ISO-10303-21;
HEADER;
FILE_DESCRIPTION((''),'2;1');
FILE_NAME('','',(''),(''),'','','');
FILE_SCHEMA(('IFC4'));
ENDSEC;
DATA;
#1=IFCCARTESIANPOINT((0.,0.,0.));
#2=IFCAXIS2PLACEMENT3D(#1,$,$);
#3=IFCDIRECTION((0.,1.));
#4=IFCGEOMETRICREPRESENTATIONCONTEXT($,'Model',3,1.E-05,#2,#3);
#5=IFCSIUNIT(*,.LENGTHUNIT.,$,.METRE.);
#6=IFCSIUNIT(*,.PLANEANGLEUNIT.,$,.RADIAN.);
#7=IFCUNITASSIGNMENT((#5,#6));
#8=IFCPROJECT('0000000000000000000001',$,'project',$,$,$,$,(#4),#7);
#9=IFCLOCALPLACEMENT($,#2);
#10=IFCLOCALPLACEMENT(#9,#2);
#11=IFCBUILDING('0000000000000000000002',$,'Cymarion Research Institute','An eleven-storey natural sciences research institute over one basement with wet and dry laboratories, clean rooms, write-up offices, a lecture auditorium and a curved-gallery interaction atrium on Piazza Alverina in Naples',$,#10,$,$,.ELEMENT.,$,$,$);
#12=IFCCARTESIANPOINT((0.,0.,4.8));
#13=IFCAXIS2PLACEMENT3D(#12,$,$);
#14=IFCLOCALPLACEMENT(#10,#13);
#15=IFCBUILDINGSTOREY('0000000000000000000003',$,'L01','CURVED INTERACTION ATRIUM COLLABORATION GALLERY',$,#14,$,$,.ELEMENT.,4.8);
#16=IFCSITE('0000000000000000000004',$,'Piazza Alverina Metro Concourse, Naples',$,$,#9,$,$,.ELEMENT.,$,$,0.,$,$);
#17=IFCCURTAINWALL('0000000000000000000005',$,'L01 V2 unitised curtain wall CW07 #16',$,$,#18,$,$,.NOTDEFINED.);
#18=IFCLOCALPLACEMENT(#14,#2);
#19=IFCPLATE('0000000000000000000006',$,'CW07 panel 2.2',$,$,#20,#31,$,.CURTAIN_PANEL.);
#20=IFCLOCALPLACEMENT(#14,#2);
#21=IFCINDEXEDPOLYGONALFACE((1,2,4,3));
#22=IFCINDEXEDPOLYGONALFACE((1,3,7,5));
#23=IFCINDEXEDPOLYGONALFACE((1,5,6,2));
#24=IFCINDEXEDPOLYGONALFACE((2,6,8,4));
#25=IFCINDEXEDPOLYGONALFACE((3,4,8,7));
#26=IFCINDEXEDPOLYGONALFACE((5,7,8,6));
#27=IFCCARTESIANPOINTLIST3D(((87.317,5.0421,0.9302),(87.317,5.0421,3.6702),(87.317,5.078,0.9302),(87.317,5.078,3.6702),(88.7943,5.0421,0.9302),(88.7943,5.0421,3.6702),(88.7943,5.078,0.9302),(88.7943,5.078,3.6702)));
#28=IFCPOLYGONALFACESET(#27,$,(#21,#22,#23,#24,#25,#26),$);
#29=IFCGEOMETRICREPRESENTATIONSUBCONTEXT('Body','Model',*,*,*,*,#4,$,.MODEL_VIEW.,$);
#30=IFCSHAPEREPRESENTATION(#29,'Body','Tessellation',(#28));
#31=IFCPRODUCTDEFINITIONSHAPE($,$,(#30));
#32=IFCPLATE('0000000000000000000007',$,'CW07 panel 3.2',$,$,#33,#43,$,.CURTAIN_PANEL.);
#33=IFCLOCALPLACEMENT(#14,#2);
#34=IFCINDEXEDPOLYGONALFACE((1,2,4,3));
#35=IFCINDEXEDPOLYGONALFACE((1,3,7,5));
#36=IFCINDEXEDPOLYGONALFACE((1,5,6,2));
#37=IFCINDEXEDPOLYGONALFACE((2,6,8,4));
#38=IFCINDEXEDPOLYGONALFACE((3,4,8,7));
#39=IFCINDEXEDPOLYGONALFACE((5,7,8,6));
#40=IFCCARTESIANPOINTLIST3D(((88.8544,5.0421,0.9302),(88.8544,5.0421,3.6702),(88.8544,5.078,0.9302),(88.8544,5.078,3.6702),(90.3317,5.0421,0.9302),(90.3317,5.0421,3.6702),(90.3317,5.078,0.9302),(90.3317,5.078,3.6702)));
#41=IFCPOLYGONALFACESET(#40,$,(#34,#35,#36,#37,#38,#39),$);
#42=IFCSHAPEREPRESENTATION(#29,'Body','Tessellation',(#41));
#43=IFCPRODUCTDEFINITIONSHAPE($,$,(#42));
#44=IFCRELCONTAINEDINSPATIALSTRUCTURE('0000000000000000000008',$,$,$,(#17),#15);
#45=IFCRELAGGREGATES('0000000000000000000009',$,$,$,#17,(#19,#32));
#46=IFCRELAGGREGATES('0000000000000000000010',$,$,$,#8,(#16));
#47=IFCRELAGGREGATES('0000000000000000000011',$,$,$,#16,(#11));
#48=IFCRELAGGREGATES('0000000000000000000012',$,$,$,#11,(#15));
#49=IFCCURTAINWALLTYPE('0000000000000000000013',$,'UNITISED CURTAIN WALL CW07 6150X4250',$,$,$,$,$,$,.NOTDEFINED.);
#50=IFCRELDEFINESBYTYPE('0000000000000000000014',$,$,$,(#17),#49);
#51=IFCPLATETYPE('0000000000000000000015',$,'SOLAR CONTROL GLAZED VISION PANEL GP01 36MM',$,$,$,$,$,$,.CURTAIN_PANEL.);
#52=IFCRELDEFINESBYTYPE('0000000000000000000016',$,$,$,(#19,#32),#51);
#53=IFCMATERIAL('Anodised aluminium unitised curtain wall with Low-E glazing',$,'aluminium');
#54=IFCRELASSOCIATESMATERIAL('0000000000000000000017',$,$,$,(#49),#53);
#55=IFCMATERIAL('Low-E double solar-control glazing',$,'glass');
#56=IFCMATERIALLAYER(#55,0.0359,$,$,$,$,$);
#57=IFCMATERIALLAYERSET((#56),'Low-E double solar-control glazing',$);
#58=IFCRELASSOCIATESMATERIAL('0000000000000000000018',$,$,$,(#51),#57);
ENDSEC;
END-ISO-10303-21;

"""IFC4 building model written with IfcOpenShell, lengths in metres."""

from ifc_helpers import new_model, si_unit, direction, frame, origin, origin_2d, place, context, subcontext, project, spatial, rectangle, extrude, material, layer, layer_set, type_object, element, aggregate, save


model = new_model("IFC4")

# Units and contexts
model_context = context("Model", 3, precision=1e-05, world=origin(), true_north=direction((0.0, 1.0)))
body_context = subcontext(model_context, "Body", "Model", "MODEL_VIEW")
ifc_project = project(units=[si_unit("LENGTHUNIT", "METRE"), si_unit("PLANEANGLEUNIT", "RADIAN")], contexts=[model_context])

# Site, building, storey
site_placement = place(None, origin())
site = spatial("IfcSite", under=ifc_project, at=site_placement, Name="Piazza Alverina Metro Concourse, Naples", CompositionType="ELEMENT", RefElevation=0.0)
building_placement = place(site_placement, origin())
building = spatial("IfcBuilding", under=site, at=building_placement, Name="Cymarion Research Institute", Description="An eleven-storey natural sciences research institute over one basement with wet and dry laboratories, clean rooms, write-up offices, a lecture auditorium and a curved-gallery interaction atrium on Piazza Alverina in Naples", CompositionType="ELEMENT")
storey_placement = place(building_placement, frame((0.0, 0.0, 4.8)))
storey = spatial("IfcBuildingStorey", under=building, at=storey_placement, Name="L01", Description="CURVED INTERACTION ATRIUM COLLABORATION GALLERY", CompositionType="ELEMENT", Elevation=4.8)

# Curtain wall
ifc_material_1 = material(Name="Anodised aluminium unitised curtain wall with Low-E glazing", Category="aluminium")
curtain_wall_type = type_object("IfcCurtainWallType", Name="UNITISED CURTAIN WALL CW07 6150X4250", PredefinedType="NOTDEFINED", material=ifc_material_1)
curtain_wall_placement = place(storey_placement, origin())
curtain_wall = element("IfcCurtainWall", 1, at=curtain_wall_placement, inside=storey, type_object=curtain_wall_type, Name="L01 V2 unitised curtain wall CW07 #16", PredefinedType="NOTDEFINED")

# Plates
ifc_material_2 = material(Name="Low-E double solar-control glazing", Category="glass")
ifc_layer_1 = layer(ifc_material_2, 0.0359)
ifc_layer_set_1 = layer_set([ifc_layer_1], Name="Low-E double solar-control glazing")
plate_type_1 = type_object("IfcPlateType", Name="SOLAR CONTROL GLAZED VISION PANEL GP01 36MM", PredefinedType="CURTAIN_PANEL", material=ifc_layer_set_1)
plate_1_placement = place(storey_placement, frame((88.0557, 5.0601, 0.9302), z_axis=(0.0, 0.0, 1.0), x_axis=(1.0, 0.0, 0.0)))
plate_1 = element("IfcPlate", 2, at=plate_1_placement, type_object=plate_type_1, Name="CW07 panel 2.2", PredefinedType="CURTAIN_PANEL", context=body_context, shape_type="SweptSolid", body=[
    extrude(rectangle(XDim=1.4773, YDim=0.0359, at=origin_2d()), origin(), (0.0, 0.0, 1.0), 2.74),
])
plate_2_placement = place(storey_placement, frame((89.593, 5.0601, 0.9302), z_axis=(0.0, 0.0, 1.0), x_axis=(1.0, 0.0, 0.0)))
plate_2 = element("IfcPlate", 3, at=plate_2_placement, type_object=plate_type_1, Name="CW07 panel 3.2", PredefinedType="CURTAIN_PANEL", context=body_context, shape_type="SweptSolid", body=[
    extrude(rectangle(XDim=1.4773, YDim=0.0359, at=origin_2d()), origin(), (0.0, 0.0, 1.0), 2.74),
])
aggregate(curtain_wall, [plate_1, plate_2])

save(model, "model.ifc")
